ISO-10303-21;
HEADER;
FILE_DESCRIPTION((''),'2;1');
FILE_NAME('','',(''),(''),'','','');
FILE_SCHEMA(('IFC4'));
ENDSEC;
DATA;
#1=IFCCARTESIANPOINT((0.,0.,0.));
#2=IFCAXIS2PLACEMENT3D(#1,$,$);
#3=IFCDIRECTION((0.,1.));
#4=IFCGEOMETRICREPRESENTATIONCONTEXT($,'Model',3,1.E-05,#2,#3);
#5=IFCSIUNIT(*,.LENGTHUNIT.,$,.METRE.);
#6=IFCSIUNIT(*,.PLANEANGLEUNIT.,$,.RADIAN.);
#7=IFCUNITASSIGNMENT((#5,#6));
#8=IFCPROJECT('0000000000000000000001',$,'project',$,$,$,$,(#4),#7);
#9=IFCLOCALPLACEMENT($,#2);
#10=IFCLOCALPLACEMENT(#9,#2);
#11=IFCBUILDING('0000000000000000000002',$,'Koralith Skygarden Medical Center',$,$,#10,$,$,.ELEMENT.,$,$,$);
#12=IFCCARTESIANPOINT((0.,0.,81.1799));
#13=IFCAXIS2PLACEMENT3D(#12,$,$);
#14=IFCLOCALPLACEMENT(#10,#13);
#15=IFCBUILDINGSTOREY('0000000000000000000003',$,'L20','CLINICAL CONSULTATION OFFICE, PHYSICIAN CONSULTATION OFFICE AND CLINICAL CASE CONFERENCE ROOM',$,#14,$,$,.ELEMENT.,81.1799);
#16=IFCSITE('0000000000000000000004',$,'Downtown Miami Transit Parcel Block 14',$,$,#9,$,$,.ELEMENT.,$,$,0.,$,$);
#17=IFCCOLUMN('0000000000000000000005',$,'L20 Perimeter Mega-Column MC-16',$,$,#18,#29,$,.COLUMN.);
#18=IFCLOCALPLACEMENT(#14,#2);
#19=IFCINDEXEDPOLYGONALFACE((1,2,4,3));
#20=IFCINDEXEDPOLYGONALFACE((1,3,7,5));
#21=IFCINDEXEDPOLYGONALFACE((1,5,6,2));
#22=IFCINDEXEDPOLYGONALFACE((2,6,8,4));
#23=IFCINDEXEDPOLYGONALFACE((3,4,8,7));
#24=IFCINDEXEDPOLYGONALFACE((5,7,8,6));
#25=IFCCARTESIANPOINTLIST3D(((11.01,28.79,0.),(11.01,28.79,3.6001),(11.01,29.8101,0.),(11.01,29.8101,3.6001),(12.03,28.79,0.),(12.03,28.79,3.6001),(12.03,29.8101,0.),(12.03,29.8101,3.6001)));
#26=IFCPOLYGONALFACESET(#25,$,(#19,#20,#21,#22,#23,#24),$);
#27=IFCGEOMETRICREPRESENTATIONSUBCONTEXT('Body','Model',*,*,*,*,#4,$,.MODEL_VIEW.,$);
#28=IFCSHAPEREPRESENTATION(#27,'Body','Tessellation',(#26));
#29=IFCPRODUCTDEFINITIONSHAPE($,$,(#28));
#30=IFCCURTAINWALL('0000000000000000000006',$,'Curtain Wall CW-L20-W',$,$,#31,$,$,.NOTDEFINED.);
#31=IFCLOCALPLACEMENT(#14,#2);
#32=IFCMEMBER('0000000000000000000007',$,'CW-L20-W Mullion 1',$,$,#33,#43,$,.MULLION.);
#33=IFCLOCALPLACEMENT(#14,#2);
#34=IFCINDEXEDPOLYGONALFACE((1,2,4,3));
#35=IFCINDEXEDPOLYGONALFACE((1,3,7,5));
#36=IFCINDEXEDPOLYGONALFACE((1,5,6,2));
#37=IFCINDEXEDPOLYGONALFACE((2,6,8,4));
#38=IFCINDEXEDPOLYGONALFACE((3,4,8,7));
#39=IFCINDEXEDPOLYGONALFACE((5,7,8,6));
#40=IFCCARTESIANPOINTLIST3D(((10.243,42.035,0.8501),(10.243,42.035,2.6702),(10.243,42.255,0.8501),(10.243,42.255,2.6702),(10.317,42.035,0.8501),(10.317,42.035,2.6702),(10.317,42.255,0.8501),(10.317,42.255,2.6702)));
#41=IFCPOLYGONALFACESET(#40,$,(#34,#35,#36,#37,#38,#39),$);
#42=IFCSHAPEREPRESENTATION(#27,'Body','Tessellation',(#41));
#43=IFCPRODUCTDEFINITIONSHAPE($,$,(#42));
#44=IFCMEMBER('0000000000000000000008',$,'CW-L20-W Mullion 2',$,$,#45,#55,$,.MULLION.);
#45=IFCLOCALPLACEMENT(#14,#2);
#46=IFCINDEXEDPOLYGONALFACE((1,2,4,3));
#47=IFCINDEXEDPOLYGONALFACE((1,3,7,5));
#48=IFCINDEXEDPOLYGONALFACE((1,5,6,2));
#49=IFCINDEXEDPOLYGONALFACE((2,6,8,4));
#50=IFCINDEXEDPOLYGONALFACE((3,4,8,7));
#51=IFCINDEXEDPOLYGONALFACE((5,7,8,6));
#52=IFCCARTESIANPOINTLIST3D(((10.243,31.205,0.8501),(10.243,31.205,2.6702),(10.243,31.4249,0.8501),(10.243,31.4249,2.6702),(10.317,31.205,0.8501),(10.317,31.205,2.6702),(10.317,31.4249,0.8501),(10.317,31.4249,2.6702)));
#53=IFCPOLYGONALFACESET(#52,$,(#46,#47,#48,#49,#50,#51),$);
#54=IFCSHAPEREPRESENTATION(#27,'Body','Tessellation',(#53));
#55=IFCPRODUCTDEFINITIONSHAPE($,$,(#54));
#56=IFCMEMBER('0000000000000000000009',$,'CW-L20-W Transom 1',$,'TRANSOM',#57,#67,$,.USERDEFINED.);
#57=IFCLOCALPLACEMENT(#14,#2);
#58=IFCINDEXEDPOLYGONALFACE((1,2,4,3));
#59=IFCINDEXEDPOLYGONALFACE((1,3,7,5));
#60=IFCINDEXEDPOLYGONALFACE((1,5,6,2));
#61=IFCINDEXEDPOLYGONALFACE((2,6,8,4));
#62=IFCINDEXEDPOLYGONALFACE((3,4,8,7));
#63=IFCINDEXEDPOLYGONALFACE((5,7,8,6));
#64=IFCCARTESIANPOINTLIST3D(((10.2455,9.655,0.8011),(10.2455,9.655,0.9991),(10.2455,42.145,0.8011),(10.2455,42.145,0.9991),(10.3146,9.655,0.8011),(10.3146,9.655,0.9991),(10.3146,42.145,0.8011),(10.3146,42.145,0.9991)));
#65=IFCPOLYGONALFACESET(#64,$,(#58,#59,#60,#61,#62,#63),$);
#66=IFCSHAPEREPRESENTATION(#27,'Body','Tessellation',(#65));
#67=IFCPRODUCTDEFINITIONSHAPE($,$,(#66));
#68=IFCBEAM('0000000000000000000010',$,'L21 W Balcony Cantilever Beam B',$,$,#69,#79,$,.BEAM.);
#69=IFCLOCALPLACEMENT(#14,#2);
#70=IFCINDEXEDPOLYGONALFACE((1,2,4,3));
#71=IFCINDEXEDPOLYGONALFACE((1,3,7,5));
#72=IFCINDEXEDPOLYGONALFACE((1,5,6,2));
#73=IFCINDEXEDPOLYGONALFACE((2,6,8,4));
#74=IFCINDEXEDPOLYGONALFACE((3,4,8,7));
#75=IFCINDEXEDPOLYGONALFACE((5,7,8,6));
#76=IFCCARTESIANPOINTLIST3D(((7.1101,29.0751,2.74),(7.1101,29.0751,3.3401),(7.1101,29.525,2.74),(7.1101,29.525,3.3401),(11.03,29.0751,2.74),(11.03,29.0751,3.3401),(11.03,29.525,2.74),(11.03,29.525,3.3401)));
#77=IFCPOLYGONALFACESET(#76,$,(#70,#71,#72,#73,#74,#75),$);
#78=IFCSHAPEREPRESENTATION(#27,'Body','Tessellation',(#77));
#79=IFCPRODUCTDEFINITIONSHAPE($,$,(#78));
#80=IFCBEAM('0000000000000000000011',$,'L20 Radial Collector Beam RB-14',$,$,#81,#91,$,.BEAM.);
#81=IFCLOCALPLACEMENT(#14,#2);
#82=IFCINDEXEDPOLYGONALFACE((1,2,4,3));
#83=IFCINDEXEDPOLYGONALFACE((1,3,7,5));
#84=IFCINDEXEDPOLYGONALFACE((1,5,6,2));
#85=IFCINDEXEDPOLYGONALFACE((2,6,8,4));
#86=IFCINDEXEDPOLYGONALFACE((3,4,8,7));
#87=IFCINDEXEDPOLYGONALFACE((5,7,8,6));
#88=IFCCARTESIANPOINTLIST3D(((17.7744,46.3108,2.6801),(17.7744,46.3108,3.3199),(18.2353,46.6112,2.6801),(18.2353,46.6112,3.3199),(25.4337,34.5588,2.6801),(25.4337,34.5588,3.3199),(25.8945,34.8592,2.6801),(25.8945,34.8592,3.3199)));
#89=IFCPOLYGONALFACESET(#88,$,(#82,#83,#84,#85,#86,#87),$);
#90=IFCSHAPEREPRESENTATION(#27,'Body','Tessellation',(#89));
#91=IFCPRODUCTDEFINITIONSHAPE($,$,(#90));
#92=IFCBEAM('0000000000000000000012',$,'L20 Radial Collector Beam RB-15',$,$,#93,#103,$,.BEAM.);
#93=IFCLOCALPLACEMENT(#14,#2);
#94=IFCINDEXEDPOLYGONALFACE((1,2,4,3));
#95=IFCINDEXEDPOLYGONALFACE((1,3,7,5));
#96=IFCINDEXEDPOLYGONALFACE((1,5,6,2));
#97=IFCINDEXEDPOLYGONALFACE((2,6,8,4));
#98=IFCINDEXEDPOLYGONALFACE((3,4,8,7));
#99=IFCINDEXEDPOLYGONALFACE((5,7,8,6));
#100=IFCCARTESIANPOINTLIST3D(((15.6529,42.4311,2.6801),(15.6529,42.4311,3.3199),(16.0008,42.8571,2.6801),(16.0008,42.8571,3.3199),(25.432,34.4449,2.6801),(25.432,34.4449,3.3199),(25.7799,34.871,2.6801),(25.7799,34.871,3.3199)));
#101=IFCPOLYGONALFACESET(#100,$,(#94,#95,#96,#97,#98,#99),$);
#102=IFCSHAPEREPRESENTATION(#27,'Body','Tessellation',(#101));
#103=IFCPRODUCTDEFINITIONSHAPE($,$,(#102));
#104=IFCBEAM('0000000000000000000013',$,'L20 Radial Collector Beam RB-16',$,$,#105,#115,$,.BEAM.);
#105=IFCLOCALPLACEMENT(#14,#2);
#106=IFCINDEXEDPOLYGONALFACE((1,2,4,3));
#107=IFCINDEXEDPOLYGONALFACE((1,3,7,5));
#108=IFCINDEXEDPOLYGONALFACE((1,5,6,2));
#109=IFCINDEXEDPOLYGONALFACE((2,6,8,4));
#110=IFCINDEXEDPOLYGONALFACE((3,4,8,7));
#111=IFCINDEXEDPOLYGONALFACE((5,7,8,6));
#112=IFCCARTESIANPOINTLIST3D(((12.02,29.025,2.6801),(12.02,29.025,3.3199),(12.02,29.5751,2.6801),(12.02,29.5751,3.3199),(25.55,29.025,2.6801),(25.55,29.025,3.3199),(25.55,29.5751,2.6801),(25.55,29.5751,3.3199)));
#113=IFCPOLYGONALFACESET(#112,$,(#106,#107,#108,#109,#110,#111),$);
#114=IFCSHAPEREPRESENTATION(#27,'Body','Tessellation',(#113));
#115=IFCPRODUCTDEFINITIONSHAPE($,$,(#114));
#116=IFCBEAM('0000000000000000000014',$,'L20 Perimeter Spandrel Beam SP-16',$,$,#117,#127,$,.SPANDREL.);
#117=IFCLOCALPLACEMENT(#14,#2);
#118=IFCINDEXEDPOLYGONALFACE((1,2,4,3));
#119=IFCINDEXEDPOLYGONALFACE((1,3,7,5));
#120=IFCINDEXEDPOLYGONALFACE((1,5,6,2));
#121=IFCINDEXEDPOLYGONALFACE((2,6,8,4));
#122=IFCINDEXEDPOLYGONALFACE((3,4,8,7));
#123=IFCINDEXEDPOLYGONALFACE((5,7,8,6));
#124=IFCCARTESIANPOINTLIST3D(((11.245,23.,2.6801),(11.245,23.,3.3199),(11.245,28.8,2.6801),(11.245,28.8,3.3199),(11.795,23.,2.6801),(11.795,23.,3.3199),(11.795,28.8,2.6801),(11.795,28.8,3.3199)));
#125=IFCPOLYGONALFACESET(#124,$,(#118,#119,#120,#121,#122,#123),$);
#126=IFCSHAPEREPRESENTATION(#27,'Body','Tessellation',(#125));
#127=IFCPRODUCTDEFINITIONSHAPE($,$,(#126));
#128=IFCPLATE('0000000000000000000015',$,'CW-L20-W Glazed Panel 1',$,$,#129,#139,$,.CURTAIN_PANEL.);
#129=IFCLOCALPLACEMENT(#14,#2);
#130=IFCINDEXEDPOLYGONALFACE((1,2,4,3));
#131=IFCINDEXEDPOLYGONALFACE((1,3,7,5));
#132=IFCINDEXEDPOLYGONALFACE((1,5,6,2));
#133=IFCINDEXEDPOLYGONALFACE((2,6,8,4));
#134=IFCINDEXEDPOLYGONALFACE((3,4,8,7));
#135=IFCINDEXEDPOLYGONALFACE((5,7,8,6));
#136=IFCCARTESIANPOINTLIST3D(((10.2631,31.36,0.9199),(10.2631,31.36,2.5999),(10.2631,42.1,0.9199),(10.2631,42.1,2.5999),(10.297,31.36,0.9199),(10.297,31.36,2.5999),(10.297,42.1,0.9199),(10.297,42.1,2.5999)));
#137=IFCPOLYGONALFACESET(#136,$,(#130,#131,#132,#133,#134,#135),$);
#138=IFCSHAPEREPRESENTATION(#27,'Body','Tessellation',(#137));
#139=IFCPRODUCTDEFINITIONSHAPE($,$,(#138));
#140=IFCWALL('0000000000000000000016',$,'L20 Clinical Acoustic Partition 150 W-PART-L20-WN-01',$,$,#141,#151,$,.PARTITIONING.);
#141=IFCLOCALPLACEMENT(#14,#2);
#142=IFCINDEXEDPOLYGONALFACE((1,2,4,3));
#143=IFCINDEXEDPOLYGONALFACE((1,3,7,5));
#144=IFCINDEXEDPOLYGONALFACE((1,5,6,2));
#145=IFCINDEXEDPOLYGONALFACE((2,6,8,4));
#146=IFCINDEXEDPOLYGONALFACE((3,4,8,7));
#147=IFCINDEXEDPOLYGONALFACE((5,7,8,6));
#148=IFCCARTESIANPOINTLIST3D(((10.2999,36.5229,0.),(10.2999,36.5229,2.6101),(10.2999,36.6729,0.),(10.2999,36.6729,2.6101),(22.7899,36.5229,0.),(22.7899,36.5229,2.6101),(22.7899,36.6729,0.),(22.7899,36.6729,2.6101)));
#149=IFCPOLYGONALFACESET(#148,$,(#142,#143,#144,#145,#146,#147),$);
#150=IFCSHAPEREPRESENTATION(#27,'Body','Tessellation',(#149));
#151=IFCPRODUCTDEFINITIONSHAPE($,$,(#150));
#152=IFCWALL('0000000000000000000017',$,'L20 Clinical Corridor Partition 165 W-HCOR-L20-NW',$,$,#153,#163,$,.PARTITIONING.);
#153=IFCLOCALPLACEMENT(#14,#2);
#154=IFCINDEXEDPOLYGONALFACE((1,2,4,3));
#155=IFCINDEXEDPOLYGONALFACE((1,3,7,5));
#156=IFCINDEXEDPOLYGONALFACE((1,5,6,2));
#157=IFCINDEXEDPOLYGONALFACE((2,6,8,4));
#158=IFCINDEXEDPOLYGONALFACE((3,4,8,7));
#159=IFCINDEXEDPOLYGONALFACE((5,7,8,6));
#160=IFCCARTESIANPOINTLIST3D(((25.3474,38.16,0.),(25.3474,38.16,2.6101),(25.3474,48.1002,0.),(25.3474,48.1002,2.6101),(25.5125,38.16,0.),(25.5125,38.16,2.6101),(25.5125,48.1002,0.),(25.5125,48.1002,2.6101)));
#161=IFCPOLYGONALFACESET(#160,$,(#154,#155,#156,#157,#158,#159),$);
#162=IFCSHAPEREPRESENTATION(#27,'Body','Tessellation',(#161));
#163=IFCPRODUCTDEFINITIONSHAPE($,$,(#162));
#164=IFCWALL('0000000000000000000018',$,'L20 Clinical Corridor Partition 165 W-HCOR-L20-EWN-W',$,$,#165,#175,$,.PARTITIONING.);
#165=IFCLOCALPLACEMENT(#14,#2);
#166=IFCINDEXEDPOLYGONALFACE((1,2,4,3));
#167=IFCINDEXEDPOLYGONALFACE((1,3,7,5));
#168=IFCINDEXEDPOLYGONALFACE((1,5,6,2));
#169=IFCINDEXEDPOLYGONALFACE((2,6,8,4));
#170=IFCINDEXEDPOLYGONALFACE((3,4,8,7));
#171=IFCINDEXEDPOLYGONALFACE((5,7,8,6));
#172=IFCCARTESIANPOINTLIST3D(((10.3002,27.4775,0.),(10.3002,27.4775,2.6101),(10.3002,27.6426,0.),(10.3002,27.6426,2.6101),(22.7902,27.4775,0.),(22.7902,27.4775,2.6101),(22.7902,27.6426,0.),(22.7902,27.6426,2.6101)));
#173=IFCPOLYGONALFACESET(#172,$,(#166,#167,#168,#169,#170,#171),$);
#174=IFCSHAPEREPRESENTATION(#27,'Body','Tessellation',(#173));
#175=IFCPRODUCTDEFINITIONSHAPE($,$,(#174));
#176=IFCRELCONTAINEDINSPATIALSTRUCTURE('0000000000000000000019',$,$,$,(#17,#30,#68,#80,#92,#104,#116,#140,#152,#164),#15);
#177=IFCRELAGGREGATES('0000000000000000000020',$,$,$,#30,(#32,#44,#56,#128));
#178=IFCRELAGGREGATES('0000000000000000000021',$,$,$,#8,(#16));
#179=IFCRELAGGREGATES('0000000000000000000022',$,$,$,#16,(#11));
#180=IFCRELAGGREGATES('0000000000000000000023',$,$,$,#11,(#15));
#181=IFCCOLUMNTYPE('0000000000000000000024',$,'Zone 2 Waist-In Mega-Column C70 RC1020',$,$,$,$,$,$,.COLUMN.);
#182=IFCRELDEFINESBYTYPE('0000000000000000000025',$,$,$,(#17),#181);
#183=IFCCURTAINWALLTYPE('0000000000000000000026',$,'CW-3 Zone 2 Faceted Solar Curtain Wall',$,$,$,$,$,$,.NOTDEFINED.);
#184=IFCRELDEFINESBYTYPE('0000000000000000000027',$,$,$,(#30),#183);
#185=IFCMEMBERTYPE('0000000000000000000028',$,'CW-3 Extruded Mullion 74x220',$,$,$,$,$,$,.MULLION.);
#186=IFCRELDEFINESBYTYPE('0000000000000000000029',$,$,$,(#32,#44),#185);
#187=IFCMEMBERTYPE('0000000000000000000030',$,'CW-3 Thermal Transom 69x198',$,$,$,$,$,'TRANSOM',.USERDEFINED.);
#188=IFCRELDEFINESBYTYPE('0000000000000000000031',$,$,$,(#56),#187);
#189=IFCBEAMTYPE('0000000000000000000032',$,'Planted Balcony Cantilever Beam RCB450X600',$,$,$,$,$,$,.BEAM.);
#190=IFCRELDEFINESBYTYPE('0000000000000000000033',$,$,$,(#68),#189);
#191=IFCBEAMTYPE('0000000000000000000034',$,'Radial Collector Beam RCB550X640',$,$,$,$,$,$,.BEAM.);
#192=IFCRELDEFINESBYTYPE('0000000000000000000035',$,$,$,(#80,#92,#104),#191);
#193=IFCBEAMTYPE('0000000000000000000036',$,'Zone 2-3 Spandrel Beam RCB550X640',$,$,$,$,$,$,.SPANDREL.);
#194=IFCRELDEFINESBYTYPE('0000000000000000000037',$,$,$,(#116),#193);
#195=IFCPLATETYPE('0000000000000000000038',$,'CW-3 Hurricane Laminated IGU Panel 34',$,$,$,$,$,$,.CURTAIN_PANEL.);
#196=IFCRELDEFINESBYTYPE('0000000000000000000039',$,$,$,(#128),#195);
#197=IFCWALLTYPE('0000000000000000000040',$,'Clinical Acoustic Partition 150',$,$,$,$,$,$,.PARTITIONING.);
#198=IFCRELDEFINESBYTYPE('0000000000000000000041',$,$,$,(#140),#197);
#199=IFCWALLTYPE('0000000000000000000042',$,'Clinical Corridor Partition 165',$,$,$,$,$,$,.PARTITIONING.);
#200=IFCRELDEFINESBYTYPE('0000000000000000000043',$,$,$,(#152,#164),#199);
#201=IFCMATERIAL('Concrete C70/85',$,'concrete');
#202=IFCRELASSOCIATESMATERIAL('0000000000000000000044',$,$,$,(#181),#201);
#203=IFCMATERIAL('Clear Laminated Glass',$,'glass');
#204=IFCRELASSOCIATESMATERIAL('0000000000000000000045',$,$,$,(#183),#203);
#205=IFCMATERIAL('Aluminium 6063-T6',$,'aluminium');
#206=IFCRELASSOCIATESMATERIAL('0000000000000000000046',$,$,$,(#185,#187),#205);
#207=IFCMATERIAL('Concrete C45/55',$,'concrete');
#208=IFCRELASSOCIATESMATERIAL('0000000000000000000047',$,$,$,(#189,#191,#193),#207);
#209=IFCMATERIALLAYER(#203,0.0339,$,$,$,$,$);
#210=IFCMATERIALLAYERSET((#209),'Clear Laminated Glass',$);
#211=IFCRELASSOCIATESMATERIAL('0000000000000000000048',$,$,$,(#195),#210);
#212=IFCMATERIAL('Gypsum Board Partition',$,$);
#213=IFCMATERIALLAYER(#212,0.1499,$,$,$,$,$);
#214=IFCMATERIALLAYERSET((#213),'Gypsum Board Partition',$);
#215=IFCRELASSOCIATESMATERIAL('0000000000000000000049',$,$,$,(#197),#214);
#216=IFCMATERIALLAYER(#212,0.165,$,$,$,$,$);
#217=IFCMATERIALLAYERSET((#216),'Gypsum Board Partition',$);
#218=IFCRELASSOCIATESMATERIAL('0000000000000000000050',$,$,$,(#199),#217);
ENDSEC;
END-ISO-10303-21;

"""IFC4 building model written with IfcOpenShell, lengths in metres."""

from ifc_helpers import new_model, si_unit, direction, frame, frame_2d, origin, origin_2d, place, context, subcontext, project, spatial, rectangle, extrude, material, layer, layer_set, material_profile, profile_set, type_object, element, aggregate, save


model = new_model("IFC4")

# Units and contexts
model_context = context("Model", 3, precision=1e-05, world=origin(), true_north=direction((0.0, 1.0)))
body_context = subcontext(model_context, "Body", "Model", "MODEL_VIEW")
ifc_project = project(units=[si_unit("LENGTHUNIT", "METRE"), si_unit("PLANEANGLEUNIT", "RADIAN")], contexts=[model_context])

# Site, building, storey
site_placement = place(None, origin())
site = spatial("IfcSite", under=ifc_project, at=site_placement, Name="Downtown Miami Transit Parcel Block 14", CompositionType="ELEMENT", RefElevation=0.0)
building_placement = place(site_placement, origin())
building = spatial("IfcBuilding", under=site, at=building_placement, Name="Koralith Skygarden Medical Center", CompositionType="ELEMENT")
storey_placement = place(building_placement, frame((0.0, 0.0, 81.1799)))
storey = spatial("IfcBuildingStorey", under=building, at=storey_placement, Name="L20", Description="CLINICAL CONSULTATION OFFICE, PHYSICIAN CONSULTATION OFFICE AND CLINICAL CASE CONFERENCE ROOM", CompositionType="ELEMENT", Elevation=81.1799)

# Column
ifc_material_1 = material(Name="Concrete C70/85", Category="concrete")
ifc_material_profile_1 = material_profile(ifc_material_1, rectangle(XDim=1.02, YDim=1.02, at=origin_2d()), Name="RC1020X1020")
ifc_profile_set_1 = profile_set([ifc_material_profile_1], Name="Concrete C70/85")
column_type = type_object("IfcColumnType", Name="Zone 2 Waist-In Mega-Column C70 RC1020", PredefinedType="COLUMN", material=ifc_profile_set_1)
column_placement = place(storey_placement, frame((11.52, 29.3, 0.0), z_axis=(0.0, 0.0, 1.0), x_axis=(1.0, 0.0, 0.0)))
element("IfcColumn", 1, at=column_placement, inside=storey, type_object=column_type, Name="L20 Perimeter Mega-Column MC-16", PredefinedType="COLUMN", context=body_context, shape_type="SweptSolid", body=[
    extrude(rectangle(XDim=1.02, YDim=1.02, at=origin_2d()), origin(), (0.0, 0.0, 1.0), 3.6001),
])

# Curtain wall, members
ifc_material_2 = material(Name="Clear Laminated Glass", Category="glass")
curtain_wall_type = type_object("IfcCurtainWallType", Name="CW-3 Zone 2 Faceted Solar Curtain Wall", PredefinedType="NOTDEFINED", material=ifc_material_2)
curtain_wall_placement = place(storey_placement, origin())
curtain_wall = element("IfcCurtainWall", 2, at=curtain_wall_placement, inside=storey, type_object=curtain_wall_type, Name="Curtain Wall CW-L20-W", PredefinedType="NOTDEFINED")
ifc_material_3 = material(Name="Aluminium 6063-T6", Category="aluminium")
ifc_material_profile_2 = material_profile(ifc_material_3, rectangle(XDim=0.074, YDim=0.22, at=origin_2d()), Name="MUL74X220")
ifc_profile_set_2 = profile_set([ifc_material_profile_2], Name="Aluminium 6063-T6")
member_type_1 = type_object("IfcMemberType", Name="CW-3 Extruded Mullion 74x220", PredefinedType="MULLION", material=ifc_profile_set_2)
member_1_placement = place(storey_placement, frame((10.28, 42.145, 0.8501), z_axis=(0.0, 0.0, 1.0), x_axis=(1.0, 0.0, 0.0)))
member_1 = element("IfcMember", 3, at=member_1_placement, type_object=member_type_1, Name="CW-L20-W Mullion 1", PredefinedType="MULLION", context=body_context, shape_type="SweptSolid", body=[
    extrude(rectangle(XDim=0.074, YDim=0.22, at=origin_2d()), origin(), (0.0, 0.0, 1.0), 1.8201),
])
member_2_placement = place(storey_placement, frame((10.28, 31.3149, 0.8501), z_axis=(0.0, 0.0, 1.0), x_axis=(1.0, 0.0, 0.0)))
member_2 = element("IfcMember", 4, at=member_2_placement, type_object=member_type_1, Name="CW-L20-W Mullion 2", PredefinedType="MULLION", context=body_context, shape_type="SweptSolid", body=[
    extrude(rectangle(XDim=0.074, YDim=0.22, at=origin_2d()), origin(), (0.0, 0.0, 1.0), 1.8201),
])
ifc_material_profile_3 = material_profile(ifc_material_3, rectangle(XDim=0.0691, YDim=0.198, at=origin_2d()), Name="TRN69X198")
ifc_profile_set_3 = profile_set([ifc_material_profile_3], Name="Aluminium 6063-T6")
member_type_2 = type_object("IfcMemberType", Name="CW-3 Thermal Transom 69x198", ElementType="TRANSOM", PredefinedType="USERDEFINED", material=ifc_profile_set_3)
member_3_placement = place(storey_placement, frame((10.28, 42.145, 0.9001), z_axis=(0.0, -1.0, 0.0), x_axis=(1.0, 0.0, 0.0)))
member_3 = element("IfcMember", 5, at=member_3_placement, type_object=member_type_2, Name="CW-L20-W Transom 1", ObjectType="TRANSOM", PredefinedType="USERDEFINED", context=body_context, shape_type="SweptSolid", body=[
    extrude(rectangle(XDim=0.0691, YDim=0.198, at=origin_2d()), origin(), (0.0, 0.0, 1.0), 32.49),
])

# Beams
ifc_material_4 = material(Name="Concrete C45/55", Category="concrete")
ifc_material_profile_4 = material_profile(ifc_material_4, rectangle(XDim=0.45, YDim=0.6001, at=origin_2d()), Name="RCB450X600")
ifc_profile_set_4 = profile_set([ifc_material_profile_4], Name="Concrete C45/55")
beam_type_1 = type_object("IfcBeamType", Name="Planted Balcony Cantilever Beam RCB450X600", PredefinedType="BEAM", material=ifc_profile_set_4)
beam_1_placement = place(storey_placement, frame((11.03, 29.3, 3.04), z_axis=(-1.0, 0.0, 0.0), x_axis=(0.0, -1.0, 0.0)))
element("IfcBeam", 6, at=beam_1_placement, inside=storey, type_object=beam_type_1, Name="L21 W Balcony Cantilever Beam B", PredefinedType="BEAM", context=body_context, shape_type="SweptSolid", body=[
    extrude(rectangle(XDim=0.45, YDim=0.6001, at=origin_2d()), origin(), (0.0, 0.0, 1.0), 3.9199),
])
ifc_material_profile_5 = material_profile(ifc_material_4, rectangle(XDim=0.55, YDim=0.6399, at=origin_2d()), Name="RCB550X640")
ifc_profile_set_5 = profile_set([ifc_material_profile_5], Name="Concrete C45/55")
beam_type_2 = type_object("IfcBeamType", Name="Radial Collector Beam RCB550X640", PredefinedType="BEAM", material=ifc_profile_set_5)
beam_2_placement = place(storey_placement, frame((25.6641, 34.709, 3.0), z_axis=(-0.546011, 0.837778, 0.0), x_axis=(-0.837778, -0.546011, 0.0)))
element("IfcBeam", 7, at=beam_2_placement, inside=storey, type_object=beam_type_2, Name="L20 Radial Collector Beam RB-14", PredefinedType="BEAM", context=body_context, shape_type="SweptSolid", body=[
    extrude(rectangle(XDim=0.55, YDim=0.6399, at=origin_2d()), origin(), (0.0, 0.0, 1.0), 14.0276),
])
beam_3_placement = place(storey_placement, frame((25.606, 34.658, 3.0), z_axis=(-0.774538, 0.632528, 0.0), x_axis=(-0.632528, -0.774538, 0.0)))
element("IfcBeam", 8, at=beam_3_placement, inside=storey, type_object=beam_type_2, Name="L20 Radial Collector Beam RB-15", PredefinedType="BEAM", context=body_context, shape_type="SweptSolid", body=[
    extrude(rectangle(XDim=0.55, YDim=0.6399, at=origin_2d()), origin(), (0.0, 0.0, 1.0), 12.6257),
])
beam_4_placement = place(storey_placement, frame((25.55, 29.3, 3.0), z_axis=(-1.0, 0.0, 0.0), x_axis=(0.0, -1.0, 0.0)))
element("IfcBeam", 9, at=beam_4_placement, inside=storey, type_object=beam_type_2, Name="L20 Radial Collector Beam RB-16", PredefinedType="BEAM", context=body_context, shape_type="SweptSolid", body=[
    extrude(rectangle(XDim=0.55, YDim=0.6399, at=origin_2d()), origin(), (0.0, 0.0, 1.0), 13.53),
])
ifc_material_profile_6 = material_profile(ifc_material_4, rectangle(XDim=0.55, YDim=0.6399, at=origin_2d()), Name="RCB550X640")
ifc_profile_set_6 = profile_set([ifc_material_profile_6], Name="Concrete C45/55")
beam_type_3 = type_object("IfcBeamType", Name="Zone 2-3 Spandrel Beam RCB550X640", PredefinedType="SPANDREL", material=ifc_profile_set_6)
beam_5_placement = place(storey_placement, frame((11.52, 28.8, 3.0), z_axis=(0.0, -1.0, 0.0), x_axis=(1.0, 0.0, 0.0)))
element("IfcBeam", 10, at=beam_5_placement, inside=storey, type_object=beam_type_3, Name="L20 Perimeter Spandrel Beam SP-16", PredefinedType="SPANDREL", context=body_context, shape_type="SweptSolid", body=[
    extrude(rectangle(XDim=0.55, YDim=0.6399, at=origin_2d()), origin(), (0.0, 0.0, 1.0), 5.8),
])

# Plate
ifc_layer_1 = layer(ifc_material_2, 0.0339)
ifc_layer_set_1 = layer_set([ifc_layer_1], Name="Clear Laminated Glass")
plate_type = type_object("IfcPlateType", Name="CW-3 Hurricane Laminated IGU Panel 34", PredefinedType="CURTAIN_PANEL", material=ifc_layer_set_1)
plate_placement = place(storey_placement, frame((10.28, 36.73, 0.9199), z_axis=(0.0, 0.0, 1.0), x_axis=(0.0, -1.0, 0.0)))
plate = element("IfcPlate", 11, at=plate_placement, type_object=plate_type, Name="CW-L20-W Glazed Panel 1", PredefinedType="CURTAIN_PANEL", context=body_context, shape_type="SweptSolid", body=[
    extrude(rectangle(XDim=10.74, YDim=0.0339, at=origin_2d()), origin(), (0.0, 0.0, 1.0), 1.6799),
])
aggregate(curtain_wall, [member_1, member_2, member_3, plate])

# Walls
ifc_material_5 = material(Name="Gypsum Board Partition")
ifc_layer_2 = layer(ifc_material_5, 0.1499)
ifc_layer_set_2 = layer_set([ifc_layer_2], Name="Gypsum Board Partition")
wall_type_1 = type_object("IfcWallType", Name="Clinical Acoustic Partition 150", PredefinedType="PARTITIONING", material=ifc_layer_set_2)
wall_1_placement = place(storey_placement, frame((22.79, 36.5979, 0.0), z_axis=(0.0, 0.0, 1.0), x_axis=(-1.0, 0.0, 0.0)))
element("IfcWall", 12, at=wall_1_placement, inside=storey, type_object=wall_type_1, Name="L20 Clinical Acoustic Partition 150 W-PART-L20-WN-01", PredefinedType="PARTITIONING", context=body_context, shape_type="SweptSolid", body=[
    extrude(rectangle(XDim=12.49, YDim=0.1499, at=frame_2d((6.2451, 0.0))), origin(), (0.0, 0.0, 1.0), 2.6101),
])
ifc_layer_3 = layer(ifc_material_5, 0.165)
ifc_layer_set_3 = layer_set([ifc_layer_3], Name="Gypsum Board Partition")
wall_type_2 = type_object("IfcWallType", Name="Clinical Corridor Partition 165", PredefinedType="PARTITIONING", material=ifc_layer_set_3)
wall_2_placement = place(storey_placement, frame((25.4299, 38.1599, 0.0), z_axis=(0.0, 0.0, 1.0), x_axis=(0.0, 1.0, 0.0)))
element("IfcWall", 13, at=wall_2_placement, inside=storey, type_object=wall_type_2, Name="L20 Clinical Corridor Partition 165 W-HCOR-L20-NW", PredefinedType="PARTITIONING", context=body_context, shape_type="SweptSolid", body=[
    extrude(rectangle(XDim=9.9402, YDim=0.165, at=frame_2d((4.9702, 0.0))), origin(), (0.0, 0.0, 1.0), 2.6101),
])
wall_3_placement = place(storey_placement, frame((10.3, 27.5601, 0.0), z_axis=(0.0, 0.0, 1.0), x_axis=(1.0, 0.0, 0.0)))
element("IfcWall", 14, at=wall_3_placement, inside=storey, type_object=wall_type_2, Name="L20 Clinical Corridor Partition 165 W-HCOR-L20-EWN-W", PredefinedType="PARTITIONING", context=body_context, shape_type="SweptSolid", body=[
    extrude(rectangle(XDim=12.49, YDim=0.165, at=frame_2d((6.2451, 0.0))), origin(), (0.0, 0.0, 1.0), 2.6101),
])

save(model, "model.ifc")
